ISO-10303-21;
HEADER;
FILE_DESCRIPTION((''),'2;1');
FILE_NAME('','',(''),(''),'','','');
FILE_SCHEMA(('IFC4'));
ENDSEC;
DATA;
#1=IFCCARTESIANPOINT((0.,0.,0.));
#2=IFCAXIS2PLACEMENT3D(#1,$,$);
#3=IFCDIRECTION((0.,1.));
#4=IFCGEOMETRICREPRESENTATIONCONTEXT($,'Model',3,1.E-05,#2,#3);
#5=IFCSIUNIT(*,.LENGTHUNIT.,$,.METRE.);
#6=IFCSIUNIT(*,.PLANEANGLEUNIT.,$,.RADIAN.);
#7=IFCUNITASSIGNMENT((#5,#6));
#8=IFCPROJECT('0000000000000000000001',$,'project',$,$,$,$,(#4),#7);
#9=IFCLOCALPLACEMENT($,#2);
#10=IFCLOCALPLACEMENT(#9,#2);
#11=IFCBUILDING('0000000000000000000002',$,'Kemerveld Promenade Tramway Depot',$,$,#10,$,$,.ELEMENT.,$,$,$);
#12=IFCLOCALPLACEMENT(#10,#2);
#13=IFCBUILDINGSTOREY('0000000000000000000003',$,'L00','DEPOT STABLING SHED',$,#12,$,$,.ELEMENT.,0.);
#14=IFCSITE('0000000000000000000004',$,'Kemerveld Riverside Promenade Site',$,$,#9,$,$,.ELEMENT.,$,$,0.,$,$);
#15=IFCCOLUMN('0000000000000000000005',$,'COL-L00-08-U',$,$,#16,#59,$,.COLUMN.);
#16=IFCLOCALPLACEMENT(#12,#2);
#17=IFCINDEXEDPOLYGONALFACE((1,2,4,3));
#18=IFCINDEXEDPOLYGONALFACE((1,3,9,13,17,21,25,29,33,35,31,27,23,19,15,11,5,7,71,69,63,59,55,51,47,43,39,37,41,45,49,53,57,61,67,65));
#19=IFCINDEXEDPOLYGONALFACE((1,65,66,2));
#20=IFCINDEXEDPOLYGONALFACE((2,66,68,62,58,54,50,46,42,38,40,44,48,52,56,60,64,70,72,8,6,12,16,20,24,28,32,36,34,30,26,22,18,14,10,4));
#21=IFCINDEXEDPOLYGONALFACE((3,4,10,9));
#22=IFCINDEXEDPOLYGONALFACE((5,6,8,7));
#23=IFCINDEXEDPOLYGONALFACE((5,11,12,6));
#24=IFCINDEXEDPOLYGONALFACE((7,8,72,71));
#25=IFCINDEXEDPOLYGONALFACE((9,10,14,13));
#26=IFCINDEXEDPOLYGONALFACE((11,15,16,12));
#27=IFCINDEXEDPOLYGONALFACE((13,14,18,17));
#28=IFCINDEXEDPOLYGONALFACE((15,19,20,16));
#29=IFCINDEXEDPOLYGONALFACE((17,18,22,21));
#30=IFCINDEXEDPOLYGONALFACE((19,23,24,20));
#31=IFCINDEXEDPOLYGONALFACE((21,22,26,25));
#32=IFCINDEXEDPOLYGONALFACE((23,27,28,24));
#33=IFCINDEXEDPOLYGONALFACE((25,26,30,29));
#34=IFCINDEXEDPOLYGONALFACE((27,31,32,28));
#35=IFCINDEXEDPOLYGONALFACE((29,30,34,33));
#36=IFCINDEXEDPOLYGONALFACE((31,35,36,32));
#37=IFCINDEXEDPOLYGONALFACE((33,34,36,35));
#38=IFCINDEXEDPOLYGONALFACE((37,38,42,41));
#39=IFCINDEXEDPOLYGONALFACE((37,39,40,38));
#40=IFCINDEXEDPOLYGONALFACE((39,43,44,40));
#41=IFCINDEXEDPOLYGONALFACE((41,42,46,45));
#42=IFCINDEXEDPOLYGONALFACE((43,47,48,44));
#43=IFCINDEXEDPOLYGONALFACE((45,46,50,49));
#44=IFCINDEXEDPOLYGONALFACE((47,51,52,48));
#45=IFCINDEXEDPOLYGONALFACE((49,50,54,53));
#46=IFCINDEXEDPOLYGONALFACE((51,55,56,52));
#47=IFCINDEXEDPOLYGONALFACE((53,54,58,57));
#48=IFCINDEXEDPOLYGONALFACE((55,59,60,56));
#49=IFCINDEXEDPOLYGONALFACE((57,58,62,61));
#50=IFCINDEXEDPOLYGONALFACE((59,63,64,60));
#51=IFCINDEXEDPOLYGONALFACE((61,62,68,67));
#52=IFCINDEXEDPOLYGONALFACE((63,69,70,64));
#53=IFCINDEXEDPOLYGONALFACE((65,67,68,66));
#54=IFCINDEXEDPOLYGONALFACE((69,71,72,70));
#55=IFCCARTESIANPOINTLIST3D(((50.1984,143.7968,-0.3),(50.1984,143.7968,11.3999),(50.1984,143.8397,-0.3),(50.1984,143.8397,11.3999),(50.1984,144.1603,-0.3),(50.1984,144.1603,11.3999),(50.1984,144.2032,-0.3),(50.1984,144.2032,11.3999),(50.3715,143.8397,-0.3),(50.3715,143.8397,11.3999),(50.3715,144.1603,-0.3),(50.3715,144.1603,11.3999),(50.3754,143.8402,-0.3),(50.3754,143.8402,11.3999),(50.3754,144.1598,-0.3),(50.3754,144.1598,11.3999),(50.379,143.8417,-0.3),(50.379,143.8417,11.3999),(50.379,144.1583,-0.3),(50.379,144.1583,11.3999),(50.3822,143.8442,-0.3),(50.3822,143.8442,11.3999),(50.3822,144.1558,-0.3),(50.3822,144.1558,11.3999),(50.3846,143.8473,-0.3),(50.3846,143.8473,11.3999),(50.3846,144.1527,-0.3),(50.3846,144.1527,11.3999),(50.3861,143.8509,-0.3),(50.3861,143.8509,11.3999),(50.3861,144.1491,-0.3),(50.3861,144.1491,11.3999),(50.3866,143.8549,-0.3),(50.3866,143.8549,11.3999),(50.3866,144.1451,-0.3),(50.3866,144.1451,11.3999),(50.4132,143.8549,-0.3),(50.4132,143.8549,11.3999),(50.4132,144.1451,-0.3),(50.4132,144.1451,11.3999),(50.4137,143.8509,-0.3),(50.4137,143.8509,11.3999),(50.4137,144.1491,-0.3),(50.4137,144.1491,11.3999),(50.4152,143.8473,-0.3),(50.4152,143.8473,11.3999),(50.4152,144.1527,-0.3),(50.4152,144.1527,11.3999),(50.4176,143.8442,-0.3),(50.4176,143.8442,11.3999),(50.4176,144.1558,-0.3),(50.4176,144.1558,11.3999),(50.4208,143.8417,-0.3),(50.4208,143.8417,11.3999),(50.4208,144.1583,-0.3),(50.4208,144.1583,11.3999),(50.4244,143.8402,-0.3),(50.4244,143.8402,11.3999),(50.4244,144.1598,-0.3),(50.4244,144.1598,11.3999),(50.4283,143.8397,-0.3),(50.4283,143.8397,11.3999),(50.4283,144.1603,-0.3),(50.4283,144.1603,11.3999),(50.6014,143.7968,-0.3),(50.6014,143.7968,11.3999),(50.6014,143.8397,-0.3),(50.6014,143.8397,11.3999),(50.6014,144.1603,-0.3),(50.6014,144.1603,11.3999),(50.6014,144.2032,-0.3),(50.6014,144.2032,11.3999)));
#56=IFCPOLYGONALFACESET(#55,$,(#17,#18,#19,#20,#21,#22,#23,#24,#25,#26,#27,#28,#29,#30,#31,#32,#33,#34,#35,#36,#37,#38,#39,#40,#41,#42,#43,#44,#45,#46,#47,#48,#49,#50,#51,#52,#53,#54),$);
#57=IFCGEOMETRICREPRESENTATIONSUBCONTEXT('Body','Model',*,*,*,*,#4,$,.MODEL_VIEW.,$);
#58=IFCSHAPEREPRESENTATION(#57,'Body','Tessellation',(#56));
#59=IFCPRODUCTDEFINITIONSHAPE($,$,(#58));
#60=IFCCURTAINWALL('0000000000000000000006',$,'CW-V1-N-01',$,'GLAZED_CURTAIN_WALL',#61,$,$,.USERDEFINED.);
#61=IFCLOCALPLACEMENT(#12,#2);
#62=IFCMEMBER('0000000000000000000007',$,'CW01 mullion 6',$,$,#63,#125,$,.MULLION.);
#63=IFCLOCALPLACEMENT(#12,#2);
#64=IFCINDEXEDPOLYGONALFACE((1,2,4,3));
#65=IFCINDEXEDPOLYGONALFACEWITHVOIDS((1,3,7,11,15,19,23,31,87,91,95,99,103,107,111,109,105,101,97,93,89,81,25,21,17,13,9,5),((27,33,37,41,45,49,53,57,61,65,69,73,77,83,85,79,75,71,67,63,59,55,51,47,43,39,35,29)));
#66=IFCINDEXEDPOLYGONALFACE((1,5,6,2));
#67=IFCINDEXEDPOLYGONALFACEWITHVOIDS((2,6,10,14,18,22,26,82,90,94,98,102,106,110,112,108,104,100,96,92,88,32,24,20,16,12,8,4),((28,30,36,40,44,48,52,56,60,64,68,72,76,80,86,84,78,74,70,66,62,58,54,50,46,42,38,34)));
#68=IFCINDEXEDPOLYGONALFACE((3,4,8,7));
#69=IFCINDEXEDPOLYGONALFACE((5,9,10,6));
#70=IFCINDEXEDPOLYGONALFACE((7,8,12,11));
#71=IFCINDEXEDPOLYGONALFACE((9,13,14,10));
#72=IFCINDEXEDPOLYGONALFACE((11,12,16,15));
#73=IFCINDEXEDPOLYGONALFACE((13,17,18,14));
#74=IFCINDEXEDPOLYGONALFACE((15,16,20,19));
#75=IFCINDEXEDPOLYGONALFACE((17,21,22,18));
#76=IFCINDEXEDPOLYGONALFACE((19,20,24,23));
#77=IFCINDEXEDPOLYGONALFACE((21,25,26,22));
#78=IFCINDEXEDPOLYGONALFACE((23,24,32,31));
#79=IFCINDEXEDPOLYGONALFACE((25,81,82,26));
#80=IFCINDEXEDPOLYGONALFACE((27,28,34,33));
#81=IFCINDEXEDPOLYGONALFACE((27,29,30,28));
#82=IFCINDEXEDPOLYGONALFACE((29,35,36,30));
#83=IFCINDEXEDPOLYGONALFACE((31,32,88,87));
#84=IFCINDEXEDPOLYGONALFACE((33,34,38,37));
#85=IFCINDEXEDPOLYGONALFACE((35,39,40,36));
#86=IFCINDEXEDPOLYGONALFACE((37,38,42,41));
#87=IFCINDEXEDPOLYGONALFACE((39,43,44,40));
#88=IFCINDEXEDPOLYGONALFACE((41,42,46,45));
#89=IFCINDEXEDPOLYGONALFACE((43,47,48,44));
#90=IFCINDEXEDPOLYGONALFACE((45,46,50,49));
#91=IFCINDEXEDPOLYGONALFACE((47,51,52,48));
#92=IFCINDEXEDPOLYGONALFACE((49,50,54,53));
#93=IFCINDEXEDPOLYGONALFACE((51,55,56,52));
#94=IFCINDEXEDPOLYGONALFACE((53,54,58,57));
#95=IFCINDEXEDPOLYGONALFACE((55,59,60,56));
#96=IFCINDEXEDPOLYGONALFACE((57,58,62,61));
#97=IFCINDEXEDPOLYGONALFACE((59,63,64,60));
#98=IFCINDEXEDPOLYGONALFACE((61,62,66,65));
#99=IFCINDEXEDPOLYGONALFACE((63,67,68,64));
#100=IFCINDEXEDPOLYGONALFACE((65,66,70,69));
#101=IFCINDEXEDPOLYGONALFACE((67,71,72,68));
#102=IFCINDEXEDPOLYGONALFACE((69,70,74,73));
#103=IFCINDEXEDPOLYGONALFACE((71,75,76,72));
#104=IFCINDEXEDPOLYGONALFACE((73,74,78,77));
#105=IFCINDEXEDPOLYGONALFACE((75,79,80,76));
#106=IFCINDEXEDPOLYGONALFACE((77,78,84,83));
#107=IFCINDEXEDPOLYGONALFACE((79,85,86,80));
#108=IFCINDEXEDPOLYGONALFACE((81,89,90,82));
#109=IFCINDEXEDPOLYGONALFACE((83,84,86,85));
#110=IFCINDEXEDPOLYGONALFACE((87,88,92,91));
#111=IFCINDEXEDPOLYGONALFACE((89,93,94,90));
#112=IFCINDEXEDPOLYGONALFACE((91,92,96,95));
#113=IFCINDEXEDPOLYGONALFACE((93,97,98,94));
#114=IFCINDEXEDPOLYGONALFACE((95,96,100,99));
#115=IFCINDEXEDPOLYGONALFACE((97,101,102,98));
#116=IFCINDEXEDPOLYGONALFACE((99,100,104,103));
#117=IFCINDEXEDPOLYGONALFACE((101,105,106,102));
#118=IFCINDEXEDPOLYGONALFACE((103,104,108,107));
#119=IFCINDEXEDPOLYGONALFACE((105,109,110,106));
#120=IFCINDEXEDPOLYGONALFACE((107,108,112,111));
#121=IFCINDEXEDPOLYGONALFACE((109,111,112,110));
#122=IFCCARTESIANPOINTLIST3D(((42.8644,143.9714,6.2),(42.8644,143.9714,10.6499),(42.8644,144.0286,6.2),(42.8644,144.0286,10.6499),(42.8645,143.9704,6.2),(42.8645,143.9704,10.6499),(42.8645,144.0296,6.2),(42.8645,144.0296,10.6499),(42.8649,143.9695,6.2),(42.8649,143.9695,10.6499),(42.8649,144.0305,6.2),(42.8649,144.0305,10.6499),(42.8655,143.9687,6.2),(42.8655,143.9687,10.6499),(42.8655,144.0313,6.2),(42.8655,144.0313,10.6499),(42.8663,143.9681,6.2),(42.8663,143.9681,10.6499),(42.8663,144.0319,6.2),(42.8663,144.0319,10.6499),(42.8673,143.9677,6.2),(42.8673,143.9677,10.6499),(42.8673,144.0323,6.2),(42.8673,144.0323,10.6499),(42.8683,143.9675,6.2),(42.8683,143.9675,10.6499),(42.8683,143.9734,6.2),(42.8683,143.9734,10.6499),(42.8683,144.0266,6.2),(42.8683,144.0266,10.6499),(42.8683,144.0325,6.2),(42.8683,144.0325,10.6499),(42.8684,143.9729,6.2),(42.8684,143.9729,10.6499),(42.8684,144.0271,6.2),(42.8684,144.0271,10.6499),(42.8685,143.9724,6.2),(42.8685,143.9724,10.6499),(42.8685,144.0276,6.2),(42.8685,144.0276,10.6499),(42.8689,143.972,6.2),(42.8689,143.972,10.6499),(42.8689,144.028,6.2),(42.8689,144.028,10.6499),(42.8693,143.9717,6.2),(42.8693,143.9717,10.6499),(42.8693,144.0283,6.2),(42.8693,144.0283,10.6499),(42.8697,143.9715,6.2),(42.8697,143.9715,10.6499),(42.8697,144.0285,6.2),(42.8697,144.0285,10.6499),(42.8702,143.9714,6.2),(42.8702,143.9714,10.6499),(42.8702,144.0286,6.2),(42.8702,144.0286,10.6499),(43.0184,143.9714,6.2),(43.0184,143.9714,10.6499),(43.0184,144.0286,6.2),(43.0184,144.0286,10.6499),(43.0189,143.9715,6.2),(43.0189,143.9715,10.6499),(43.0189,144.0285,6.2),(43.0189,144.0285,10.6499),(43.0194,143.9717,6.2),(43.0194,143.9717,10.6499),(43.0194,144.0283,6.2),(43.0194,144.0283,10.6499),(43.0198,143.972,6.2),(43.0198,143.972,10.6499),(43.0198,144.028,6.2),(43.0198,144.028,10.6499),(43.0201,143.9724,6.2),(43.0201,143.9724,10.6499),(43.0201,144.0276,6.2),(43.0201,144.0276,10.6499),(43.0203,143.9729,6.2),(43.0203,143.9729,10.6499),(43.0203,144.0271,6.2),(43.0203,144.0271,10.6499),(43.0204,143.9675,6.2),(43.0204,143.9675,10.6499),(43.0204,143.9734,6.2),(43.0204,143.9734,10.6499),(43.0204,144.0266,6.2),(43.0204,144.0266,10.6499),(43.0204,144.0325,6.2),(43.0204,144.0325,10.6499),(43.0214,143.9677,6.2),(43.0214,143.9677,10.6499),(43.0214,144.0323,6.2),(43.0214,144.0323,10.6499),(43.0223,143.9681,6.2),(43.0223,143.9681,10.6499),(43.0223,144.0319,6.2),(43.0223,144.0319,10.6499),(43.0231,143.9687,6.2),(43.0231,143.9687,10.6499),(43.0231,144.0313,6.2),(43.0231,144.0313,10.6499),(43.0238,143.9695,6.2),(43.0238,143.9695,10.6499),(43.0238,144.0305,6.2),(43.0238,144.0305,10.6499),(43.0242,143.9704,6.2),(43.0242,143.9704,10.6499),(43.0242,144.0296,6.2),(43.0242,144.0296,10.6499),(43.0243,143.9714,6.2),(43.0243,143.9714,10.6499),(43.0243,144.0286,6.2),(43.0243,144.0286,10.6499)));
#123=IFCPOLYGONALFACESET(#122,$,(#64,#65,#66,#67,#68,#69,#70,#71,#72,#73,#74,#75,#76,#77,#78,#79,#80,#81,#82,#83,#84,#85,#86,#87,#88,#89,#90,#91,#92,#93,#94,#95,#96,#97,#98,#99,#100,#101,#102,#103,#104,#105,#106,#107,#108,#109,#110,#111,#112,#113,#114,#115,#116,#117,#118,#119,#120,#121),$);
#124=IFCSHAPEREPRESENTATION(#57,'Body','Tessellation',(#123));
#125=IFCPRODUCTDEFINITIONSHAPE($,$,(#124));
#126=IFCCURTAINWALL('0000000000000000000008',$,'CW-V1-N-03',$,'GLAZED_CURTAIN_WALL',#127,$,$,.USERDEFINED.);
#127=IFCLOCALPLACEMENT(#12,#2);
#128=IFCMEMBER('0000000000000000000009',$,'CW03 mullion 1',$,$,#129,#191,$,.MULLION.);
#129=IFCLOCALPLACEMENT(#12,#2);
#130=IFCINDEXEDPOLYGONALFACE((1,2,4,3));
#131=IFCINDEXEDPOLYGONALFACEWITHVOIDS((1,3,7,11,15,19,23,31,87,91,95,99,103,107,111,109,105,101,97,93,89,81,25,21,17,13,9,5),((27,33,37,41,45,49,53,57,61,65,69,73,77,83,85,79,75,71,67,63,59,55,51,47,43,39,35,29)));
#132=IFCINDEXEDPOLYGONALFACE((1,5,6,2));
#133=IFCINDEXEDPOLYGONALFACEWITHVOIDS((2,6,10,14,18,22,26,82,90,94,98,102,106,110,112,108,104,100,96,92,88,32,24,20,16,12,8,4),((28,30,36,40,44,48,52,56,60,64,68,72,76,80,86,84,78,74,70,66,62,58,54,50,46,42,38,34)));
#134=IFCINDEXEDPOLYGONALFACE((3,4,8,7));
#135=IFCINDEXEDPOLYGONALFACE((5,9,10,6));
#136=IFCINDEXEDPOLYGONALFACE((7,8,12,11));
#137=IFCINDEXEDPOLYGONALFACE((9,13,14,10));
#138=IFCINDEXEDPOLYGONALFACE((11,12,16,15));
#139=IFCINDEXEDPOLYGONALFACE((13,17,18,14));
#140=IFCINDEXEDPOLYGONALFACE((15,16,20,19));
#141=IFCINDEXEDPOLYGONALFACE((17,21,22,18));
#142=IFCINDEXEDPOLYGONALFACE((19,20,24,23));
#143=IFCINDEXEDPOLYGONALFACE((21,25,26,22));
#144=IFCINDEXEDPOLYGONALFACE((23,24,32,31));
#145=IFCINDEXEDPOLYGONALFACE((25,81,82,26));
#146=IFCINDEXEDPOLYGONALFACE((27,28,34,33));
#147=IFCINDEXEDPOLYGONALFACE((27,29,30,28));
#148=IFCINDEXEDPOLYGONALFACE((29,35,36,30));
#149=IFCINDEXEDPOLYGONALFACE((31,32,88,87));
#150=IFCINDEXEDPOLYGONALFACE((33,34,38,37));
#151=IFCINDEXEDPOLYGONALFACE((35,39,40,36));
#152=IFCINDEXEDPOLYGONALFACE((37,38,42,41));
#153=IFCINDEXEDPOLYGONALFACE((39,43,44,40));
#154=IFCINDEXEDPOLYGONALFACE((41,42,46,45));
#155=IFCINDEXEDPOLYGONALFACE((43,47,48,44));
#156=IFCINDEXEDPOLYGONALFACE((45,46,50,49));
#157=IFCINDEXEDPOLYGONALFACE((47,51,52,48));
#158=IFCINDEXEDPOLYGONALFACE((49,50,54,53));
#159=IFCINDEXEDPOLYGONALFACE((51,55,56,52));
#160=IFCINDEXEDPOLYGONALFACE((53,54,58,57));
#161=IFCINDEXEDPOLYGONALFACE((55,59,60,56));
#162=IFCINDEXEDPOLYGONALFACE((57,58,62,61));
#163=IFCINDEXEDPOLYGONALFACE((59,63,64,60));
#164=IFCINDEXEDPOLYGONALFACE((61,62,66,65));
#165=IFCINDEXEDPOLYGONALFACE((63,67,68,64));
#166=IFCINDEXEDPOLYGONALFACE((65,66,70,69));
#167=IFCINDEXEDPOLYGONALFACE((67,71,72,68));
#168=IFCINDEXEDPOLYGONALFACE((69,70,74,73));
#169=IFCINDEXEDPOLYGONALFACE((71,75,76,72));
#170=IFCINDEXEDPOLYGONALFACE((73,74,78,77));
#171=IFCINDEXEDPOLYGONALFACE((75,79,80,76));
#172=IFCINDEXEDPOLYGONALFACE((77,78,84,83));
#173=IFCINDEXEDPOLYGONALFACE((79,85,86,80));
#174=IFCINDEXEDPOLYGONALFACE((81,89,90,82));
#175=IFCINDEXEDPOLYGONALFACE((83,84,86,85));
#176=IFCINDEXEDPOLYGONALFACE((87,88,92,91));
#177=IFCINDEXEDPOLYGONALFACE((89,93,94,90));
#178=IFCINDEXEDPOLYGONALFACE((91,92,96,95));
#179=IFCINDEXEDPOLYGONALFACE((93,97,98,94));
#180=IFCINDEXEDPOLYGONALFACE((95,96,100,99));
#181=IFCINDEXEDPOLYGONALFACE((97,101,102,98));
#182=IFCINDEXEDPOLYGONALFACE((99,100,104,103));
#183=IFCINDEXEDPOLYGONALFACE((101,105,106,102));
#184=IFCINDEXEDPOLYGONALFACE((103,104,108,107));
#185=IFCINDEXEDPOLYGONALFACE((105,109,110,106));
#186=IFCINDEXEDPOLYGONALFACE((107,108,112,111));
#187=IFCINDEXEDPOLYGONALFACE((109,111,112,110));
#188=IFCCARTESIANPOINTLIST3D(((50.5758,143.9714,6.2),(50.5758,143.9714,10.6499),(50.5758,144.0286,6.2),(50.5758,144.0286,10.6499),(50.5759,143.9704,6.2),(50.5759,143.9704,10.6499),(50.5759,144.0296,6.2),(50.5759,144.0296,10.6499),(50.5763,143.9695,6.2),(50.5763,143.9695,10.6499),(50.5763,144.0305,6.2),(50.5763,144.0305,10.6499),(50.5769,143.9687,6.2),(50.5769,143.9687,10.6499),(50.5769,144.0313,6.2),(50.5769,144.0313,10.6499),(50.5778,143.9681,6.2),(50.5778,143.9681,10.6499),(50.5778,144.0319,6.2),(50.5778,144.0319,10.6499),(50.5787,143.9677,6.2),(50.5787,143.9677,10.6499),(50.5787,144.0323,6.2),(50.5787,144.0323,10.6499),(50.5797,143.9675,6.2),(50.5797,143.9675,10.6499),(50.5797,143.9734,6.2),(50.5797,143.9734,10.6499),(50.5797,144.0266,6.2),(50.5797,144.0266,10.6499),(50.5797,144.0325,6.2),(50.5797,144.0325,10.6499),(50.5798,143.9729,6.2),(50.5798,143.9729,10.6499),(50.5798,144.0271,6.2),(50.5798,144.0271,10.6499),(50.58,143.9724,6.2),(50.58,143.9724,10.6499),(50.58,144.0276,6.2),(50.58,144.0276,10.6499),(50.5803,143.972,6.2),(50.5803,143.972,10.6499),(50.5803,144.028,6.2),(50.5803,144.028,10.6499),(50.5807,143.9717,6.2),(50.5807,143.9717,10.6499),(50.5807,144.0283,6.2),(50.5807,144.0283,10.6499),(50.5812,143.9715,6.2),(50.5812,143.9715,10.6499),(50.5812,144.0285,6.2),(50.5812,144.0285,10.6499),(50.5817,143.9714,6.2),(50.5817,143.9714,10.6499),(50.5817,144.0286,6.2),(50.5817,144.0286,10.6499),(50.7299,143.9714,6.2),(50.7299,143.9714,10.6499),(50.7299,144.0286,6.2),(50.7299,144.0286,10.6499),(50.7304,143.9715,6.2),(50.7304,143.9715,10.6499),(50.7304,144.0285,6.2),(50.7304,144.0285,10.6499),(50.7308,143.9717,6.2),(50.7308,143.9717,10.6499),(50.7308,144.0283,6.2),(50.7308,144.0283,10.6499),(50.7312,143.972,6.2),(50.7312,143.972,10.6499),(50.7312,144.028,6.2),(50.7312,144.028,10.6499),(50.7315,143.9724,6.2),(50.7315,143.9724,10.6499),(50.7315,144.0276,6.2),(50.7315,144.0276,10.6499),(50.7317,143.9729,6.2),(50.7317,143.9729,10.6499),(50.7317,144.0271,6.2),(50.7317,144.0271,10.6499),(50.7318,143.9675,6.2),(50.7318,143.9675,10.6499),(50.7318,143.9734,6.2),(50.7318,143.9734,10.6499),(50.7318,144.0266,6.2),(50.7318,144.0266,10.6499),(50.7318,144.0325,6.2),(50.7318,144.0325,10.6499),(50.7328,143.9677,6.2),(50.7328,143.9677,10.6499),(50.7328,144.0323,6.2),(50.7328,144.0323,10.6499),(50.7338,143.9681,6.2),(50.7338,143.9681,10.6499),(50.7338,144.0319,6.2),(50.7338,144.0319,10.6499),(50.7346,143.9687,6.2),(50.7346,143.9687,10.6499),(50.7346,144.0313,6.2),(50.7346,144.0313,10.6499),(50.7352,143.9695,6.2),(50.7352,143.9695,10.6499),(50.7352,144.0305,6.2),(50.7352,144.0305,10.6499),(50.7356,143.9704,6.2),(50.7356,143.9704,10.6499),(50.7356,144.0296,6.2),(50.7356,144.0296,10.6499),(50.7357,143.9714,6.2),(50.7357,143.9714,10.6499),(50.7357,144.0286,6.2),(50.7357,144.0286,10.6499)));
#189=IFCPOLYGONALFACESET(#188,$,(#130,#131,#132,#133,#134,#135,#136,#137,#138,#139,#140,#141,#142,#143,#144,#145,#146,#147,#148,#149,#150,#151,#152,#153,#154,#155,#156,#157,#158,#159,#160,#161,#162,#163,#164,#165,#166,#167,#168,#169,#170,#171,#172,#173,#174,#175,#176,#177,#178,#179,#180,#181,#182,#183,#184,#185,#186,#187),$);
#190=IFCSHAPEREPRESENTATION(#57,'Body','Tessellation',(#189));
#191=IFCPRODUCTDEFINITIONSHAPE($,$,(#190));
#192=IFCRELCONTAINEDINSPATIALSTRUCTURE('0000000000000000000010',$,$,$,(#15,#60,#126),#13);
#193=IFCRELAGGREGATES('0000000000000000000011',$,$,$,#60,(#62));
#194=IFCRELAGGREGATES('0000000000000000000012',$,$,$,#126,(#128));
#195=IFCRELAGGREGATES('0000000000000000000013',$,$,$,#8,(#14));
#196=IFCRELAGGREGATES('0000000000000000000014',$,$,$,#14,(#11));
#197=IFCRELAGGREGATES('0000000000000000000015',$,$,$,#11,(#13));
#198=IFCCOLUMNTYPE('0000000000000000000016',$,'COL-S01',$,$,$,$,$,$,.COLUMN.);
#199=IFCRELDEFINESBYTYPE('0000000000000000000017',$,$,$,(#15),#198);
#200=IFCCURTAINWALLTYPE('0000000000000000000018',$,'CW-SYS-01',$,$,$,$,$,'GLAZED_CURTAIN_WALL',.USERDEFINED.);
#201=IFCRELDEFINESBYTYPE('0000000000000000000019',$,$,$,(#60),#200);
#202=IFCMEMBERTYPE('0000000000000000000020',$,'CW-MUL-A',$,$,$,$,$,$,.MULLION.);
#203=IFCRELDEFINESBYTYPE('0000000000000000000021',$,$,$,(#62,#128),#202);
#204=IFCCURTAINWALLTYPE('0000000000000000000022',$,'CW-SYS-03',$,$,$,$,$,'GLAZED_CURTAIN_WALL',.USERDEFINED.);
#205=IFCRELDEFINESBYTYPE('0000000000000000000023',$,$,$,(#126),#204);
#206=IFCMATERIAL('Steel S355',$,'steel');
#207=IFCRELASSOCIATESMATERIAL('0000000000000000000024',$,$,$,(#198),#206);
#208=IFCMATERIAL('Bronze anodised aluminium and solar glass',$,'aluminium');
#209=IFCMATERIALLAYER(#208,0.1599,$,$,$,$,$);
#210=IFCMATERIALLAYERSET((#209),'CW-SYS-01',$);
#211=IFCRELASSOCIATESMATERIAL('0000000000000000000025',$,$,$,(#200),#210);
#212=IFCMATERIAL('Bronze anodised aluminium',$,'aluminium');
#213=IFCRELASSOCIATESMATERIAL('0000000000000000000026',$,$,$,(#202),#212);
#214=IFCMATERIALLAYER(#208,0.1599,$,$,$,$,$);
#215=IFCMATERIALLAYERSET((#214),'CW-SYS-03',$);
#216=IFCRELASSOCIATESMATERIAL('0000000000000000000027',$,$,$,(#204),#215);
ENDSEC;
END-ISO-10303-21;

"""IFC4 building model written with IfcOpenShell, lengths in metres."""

from ifc_helpers import new_model, si_unit, direction, frame, origin, origin_2d, place, context, subcontext, project, spatial, hollow_rectangle, i_section, extrude, material, layer, layer_set, material_profile, profile_set, type_object, element, aggregate, save


model = new_model("IFC4")

# Units and contexts
model_context = context("Model", 3, precision=1e-05, world=origin(), true_north=direction((0.0, 1.0)))
body_context = subcontext(model_context, "Body", "Model", "MODEL_VIEW")
ifc_project = project(units=[si_unit("LENGTHUNIT", "METRE"), si_unit("PLANEANGLEUNIT", "RADIAN")], contexts=[model_context])

# Site, building, storey
site_placement = place(None, origin())
site = spatial("IfcSite", under=ifc_project, at=site_placement, Name="Kemerveld Riverside Promenade Site", CompositionType="ELEMENT", RefElevation=0.0)
building_placement = place(site_placement, origin())
building = spatial("IfcBuilding", under=site, at=building_placement, Name="Kemerveld Promenade Tramway Depot", CompositionType="ELEMENT")
storey_placement = place(building_placement, origin())
storey = spatial("IfcBuildingStorey", under=building, at=storey_placement, Name="L00", Description="DEPOT STABLING SHED", CompositionType="ELEMENT", Elevation=0.0)

# Column
ifc_material_1 = material(Name="Steel S355", Category="steel")
ifc_material_profile_1 = material_profile(ifc_material_1, i_section(OverallWidth=0.4031, OverallDepth=0.4065, WebThickness=0.0266, FlangeThickness=0.043, FilletRadius=0.0151, at=origin_2d()), Name="356x406x340 UC")
ifc_profile_set_1 = profile_set([ifc_material_profile_1], Name="Steel S355")
column_type = type_object("IfcColumnType", Name="COL-S01", PredefinedType="COLUMN", material=ifc_profile_set_1)
for number, where, z_axis, x_axis, name in (
    (1, (50.3999, 144.0, -0.3), (0.0, 0.0, 1.0), (1.0, 0.0, 0.0), "COL-L00-08-U"),
):
    element("IfcColumn", number, at=place(storey_placement, frame(where, z_axis=z_axis, x_axis=x_axis)), inside=storey, type_object=column_type, Name=name, PredefinedType="COLUMN", context=body_context, shape_type="SweptSolid", body=[
        extrude(i_section(OverallWidth=0.4031, OverallDepth=0.4065, WebThickness=0.0266, FlangeThickness=0.043, FilletRadius=0.0151, at=origin_2d()), origin(), (0.0, 0.0, 1.0), 11.7),
    ])

# Curtain walls, members
ifc_material_2 = material(Name="Bronze anodised aluminium and solar glass", Category="aluminium")
ifc_layer_1 = layer(ifc_material_2, 0.1599)
ifc_layer_set_1 = layer_set([ifc_layer_1], Name="CW-SYS-01")
curtain_wall_type_1 = type_object("IfcCurtainWallType", Name="CW-SYS-01", ElementType="GLAZED_CURTAIN_WALL", PredefinedType="USERDEFINED", material=ifc_layer_set_1)
curtain_wall_1_placement = place(storey_placement, origin())
curtain_wall_1 = element("IfcCurtainWall", 2, at=curtain_wall_1_placement, inside=storey, type_object=curtain_wall_type_1, Name="CW-V1-N-01", ObjectType="GLAZED_CURTAIN_WALL", PredefinedType="USERDEFINED")
ifc_material_3 = material(Name="Bronze anodised aluminium", Category="aluminium")
ifc_material_profile_2 = material_profile(ifc_material_3, hollow_rectangle(XDim=0.0649, YDim=0.1599, WallThickness=0.0039, InnerFilletRadius=0.002, OuterFilletRadius=0.0039, at=origin_2d()), Name="CW-MUL-160x65")
ifc_profile_set_2 = profile_set([ifc_material_profile_2], Name="Bronze anodised aluminium")
member_type_1 = type_object("IfcMemberType", Name="CW-MUL-A", PredefinedType="MULLION", material=ifc_profile_set_2)
member_1_placement = place(storey_placement, frame((42.9443, 144.0, 6.2), z_axis=(0.0, 0.0, 1.0), x_axis=(0.0, 1.0, 0.0)))
member_1 = element("IfcMember", 3, at=member_1_placement, type_object=member_type_1, Name="CW01 mullion 6", PredefinedType="MULLION", context=body_context, shape_type="SweptSolid", body=[
    extrude(hollow_rectangle(XDim=0.0649, YDim=0.1599, WallThickness=0.0039, InnerFilletRadius=0.002, OuterFilletRadius=0.0039, at=origin_2d()), origin(), (0.0, 0.0, 1.0), 4.45),
])
aggregate(curtain_wall_1, [member_1])
ifc_layer_2 = layer(ifc_material_2, 0.1599)
ifc_layer_set_2 = layer_set([ifc_layer_2], Name="CW-SYS-03")
curtain_wall_type_2 = type_object("IfcCurtainWallType", Name="CW-SYS-03", ElementType="GLAZED_CURTAIN_WALL", PredefinedType="USERDEFINED", material=ifc_layer_set_2)
curtain_wall_2_placement = place(storey_placement, origin())
curtain_wall_2 = element("IfcCurtainWall", 4, at=curtain_wall_2_placement, inside=storey, type_object=curtain_wall_type_2, Name="CW-V1-N-03", ObjectType="GLAZED_CURTAIN_WALL", PredefinedType="USERDEFINED")
member_2_placement = place(storey_placement, frame((50.6558, 144.0, 6.2), z_axis=(0.0, 0.0, 1.0), x_axis=(0.0, 1.0, 0.0)))
member_2 = element("IfcMember", 5, at=member_2_placement, type_object=member_type_1, Name="CW03 mullion 1", PredefinedType="MULLION", context=body_context, shape_type="SweptSolid", body=[
    extrude(hollow_rectangle(XDim=0.0649, YDim=0.1599, WallThickness=0.0039, InnerFilletRadius=0.002, OuterFilletRadius=0.0039, at=origin_2d()), origin(), (0.0, 0.0, 1.0), 4.45),
])

aggregate(curtain_wall_2, [member_2])

save(model, "model.ifc")
